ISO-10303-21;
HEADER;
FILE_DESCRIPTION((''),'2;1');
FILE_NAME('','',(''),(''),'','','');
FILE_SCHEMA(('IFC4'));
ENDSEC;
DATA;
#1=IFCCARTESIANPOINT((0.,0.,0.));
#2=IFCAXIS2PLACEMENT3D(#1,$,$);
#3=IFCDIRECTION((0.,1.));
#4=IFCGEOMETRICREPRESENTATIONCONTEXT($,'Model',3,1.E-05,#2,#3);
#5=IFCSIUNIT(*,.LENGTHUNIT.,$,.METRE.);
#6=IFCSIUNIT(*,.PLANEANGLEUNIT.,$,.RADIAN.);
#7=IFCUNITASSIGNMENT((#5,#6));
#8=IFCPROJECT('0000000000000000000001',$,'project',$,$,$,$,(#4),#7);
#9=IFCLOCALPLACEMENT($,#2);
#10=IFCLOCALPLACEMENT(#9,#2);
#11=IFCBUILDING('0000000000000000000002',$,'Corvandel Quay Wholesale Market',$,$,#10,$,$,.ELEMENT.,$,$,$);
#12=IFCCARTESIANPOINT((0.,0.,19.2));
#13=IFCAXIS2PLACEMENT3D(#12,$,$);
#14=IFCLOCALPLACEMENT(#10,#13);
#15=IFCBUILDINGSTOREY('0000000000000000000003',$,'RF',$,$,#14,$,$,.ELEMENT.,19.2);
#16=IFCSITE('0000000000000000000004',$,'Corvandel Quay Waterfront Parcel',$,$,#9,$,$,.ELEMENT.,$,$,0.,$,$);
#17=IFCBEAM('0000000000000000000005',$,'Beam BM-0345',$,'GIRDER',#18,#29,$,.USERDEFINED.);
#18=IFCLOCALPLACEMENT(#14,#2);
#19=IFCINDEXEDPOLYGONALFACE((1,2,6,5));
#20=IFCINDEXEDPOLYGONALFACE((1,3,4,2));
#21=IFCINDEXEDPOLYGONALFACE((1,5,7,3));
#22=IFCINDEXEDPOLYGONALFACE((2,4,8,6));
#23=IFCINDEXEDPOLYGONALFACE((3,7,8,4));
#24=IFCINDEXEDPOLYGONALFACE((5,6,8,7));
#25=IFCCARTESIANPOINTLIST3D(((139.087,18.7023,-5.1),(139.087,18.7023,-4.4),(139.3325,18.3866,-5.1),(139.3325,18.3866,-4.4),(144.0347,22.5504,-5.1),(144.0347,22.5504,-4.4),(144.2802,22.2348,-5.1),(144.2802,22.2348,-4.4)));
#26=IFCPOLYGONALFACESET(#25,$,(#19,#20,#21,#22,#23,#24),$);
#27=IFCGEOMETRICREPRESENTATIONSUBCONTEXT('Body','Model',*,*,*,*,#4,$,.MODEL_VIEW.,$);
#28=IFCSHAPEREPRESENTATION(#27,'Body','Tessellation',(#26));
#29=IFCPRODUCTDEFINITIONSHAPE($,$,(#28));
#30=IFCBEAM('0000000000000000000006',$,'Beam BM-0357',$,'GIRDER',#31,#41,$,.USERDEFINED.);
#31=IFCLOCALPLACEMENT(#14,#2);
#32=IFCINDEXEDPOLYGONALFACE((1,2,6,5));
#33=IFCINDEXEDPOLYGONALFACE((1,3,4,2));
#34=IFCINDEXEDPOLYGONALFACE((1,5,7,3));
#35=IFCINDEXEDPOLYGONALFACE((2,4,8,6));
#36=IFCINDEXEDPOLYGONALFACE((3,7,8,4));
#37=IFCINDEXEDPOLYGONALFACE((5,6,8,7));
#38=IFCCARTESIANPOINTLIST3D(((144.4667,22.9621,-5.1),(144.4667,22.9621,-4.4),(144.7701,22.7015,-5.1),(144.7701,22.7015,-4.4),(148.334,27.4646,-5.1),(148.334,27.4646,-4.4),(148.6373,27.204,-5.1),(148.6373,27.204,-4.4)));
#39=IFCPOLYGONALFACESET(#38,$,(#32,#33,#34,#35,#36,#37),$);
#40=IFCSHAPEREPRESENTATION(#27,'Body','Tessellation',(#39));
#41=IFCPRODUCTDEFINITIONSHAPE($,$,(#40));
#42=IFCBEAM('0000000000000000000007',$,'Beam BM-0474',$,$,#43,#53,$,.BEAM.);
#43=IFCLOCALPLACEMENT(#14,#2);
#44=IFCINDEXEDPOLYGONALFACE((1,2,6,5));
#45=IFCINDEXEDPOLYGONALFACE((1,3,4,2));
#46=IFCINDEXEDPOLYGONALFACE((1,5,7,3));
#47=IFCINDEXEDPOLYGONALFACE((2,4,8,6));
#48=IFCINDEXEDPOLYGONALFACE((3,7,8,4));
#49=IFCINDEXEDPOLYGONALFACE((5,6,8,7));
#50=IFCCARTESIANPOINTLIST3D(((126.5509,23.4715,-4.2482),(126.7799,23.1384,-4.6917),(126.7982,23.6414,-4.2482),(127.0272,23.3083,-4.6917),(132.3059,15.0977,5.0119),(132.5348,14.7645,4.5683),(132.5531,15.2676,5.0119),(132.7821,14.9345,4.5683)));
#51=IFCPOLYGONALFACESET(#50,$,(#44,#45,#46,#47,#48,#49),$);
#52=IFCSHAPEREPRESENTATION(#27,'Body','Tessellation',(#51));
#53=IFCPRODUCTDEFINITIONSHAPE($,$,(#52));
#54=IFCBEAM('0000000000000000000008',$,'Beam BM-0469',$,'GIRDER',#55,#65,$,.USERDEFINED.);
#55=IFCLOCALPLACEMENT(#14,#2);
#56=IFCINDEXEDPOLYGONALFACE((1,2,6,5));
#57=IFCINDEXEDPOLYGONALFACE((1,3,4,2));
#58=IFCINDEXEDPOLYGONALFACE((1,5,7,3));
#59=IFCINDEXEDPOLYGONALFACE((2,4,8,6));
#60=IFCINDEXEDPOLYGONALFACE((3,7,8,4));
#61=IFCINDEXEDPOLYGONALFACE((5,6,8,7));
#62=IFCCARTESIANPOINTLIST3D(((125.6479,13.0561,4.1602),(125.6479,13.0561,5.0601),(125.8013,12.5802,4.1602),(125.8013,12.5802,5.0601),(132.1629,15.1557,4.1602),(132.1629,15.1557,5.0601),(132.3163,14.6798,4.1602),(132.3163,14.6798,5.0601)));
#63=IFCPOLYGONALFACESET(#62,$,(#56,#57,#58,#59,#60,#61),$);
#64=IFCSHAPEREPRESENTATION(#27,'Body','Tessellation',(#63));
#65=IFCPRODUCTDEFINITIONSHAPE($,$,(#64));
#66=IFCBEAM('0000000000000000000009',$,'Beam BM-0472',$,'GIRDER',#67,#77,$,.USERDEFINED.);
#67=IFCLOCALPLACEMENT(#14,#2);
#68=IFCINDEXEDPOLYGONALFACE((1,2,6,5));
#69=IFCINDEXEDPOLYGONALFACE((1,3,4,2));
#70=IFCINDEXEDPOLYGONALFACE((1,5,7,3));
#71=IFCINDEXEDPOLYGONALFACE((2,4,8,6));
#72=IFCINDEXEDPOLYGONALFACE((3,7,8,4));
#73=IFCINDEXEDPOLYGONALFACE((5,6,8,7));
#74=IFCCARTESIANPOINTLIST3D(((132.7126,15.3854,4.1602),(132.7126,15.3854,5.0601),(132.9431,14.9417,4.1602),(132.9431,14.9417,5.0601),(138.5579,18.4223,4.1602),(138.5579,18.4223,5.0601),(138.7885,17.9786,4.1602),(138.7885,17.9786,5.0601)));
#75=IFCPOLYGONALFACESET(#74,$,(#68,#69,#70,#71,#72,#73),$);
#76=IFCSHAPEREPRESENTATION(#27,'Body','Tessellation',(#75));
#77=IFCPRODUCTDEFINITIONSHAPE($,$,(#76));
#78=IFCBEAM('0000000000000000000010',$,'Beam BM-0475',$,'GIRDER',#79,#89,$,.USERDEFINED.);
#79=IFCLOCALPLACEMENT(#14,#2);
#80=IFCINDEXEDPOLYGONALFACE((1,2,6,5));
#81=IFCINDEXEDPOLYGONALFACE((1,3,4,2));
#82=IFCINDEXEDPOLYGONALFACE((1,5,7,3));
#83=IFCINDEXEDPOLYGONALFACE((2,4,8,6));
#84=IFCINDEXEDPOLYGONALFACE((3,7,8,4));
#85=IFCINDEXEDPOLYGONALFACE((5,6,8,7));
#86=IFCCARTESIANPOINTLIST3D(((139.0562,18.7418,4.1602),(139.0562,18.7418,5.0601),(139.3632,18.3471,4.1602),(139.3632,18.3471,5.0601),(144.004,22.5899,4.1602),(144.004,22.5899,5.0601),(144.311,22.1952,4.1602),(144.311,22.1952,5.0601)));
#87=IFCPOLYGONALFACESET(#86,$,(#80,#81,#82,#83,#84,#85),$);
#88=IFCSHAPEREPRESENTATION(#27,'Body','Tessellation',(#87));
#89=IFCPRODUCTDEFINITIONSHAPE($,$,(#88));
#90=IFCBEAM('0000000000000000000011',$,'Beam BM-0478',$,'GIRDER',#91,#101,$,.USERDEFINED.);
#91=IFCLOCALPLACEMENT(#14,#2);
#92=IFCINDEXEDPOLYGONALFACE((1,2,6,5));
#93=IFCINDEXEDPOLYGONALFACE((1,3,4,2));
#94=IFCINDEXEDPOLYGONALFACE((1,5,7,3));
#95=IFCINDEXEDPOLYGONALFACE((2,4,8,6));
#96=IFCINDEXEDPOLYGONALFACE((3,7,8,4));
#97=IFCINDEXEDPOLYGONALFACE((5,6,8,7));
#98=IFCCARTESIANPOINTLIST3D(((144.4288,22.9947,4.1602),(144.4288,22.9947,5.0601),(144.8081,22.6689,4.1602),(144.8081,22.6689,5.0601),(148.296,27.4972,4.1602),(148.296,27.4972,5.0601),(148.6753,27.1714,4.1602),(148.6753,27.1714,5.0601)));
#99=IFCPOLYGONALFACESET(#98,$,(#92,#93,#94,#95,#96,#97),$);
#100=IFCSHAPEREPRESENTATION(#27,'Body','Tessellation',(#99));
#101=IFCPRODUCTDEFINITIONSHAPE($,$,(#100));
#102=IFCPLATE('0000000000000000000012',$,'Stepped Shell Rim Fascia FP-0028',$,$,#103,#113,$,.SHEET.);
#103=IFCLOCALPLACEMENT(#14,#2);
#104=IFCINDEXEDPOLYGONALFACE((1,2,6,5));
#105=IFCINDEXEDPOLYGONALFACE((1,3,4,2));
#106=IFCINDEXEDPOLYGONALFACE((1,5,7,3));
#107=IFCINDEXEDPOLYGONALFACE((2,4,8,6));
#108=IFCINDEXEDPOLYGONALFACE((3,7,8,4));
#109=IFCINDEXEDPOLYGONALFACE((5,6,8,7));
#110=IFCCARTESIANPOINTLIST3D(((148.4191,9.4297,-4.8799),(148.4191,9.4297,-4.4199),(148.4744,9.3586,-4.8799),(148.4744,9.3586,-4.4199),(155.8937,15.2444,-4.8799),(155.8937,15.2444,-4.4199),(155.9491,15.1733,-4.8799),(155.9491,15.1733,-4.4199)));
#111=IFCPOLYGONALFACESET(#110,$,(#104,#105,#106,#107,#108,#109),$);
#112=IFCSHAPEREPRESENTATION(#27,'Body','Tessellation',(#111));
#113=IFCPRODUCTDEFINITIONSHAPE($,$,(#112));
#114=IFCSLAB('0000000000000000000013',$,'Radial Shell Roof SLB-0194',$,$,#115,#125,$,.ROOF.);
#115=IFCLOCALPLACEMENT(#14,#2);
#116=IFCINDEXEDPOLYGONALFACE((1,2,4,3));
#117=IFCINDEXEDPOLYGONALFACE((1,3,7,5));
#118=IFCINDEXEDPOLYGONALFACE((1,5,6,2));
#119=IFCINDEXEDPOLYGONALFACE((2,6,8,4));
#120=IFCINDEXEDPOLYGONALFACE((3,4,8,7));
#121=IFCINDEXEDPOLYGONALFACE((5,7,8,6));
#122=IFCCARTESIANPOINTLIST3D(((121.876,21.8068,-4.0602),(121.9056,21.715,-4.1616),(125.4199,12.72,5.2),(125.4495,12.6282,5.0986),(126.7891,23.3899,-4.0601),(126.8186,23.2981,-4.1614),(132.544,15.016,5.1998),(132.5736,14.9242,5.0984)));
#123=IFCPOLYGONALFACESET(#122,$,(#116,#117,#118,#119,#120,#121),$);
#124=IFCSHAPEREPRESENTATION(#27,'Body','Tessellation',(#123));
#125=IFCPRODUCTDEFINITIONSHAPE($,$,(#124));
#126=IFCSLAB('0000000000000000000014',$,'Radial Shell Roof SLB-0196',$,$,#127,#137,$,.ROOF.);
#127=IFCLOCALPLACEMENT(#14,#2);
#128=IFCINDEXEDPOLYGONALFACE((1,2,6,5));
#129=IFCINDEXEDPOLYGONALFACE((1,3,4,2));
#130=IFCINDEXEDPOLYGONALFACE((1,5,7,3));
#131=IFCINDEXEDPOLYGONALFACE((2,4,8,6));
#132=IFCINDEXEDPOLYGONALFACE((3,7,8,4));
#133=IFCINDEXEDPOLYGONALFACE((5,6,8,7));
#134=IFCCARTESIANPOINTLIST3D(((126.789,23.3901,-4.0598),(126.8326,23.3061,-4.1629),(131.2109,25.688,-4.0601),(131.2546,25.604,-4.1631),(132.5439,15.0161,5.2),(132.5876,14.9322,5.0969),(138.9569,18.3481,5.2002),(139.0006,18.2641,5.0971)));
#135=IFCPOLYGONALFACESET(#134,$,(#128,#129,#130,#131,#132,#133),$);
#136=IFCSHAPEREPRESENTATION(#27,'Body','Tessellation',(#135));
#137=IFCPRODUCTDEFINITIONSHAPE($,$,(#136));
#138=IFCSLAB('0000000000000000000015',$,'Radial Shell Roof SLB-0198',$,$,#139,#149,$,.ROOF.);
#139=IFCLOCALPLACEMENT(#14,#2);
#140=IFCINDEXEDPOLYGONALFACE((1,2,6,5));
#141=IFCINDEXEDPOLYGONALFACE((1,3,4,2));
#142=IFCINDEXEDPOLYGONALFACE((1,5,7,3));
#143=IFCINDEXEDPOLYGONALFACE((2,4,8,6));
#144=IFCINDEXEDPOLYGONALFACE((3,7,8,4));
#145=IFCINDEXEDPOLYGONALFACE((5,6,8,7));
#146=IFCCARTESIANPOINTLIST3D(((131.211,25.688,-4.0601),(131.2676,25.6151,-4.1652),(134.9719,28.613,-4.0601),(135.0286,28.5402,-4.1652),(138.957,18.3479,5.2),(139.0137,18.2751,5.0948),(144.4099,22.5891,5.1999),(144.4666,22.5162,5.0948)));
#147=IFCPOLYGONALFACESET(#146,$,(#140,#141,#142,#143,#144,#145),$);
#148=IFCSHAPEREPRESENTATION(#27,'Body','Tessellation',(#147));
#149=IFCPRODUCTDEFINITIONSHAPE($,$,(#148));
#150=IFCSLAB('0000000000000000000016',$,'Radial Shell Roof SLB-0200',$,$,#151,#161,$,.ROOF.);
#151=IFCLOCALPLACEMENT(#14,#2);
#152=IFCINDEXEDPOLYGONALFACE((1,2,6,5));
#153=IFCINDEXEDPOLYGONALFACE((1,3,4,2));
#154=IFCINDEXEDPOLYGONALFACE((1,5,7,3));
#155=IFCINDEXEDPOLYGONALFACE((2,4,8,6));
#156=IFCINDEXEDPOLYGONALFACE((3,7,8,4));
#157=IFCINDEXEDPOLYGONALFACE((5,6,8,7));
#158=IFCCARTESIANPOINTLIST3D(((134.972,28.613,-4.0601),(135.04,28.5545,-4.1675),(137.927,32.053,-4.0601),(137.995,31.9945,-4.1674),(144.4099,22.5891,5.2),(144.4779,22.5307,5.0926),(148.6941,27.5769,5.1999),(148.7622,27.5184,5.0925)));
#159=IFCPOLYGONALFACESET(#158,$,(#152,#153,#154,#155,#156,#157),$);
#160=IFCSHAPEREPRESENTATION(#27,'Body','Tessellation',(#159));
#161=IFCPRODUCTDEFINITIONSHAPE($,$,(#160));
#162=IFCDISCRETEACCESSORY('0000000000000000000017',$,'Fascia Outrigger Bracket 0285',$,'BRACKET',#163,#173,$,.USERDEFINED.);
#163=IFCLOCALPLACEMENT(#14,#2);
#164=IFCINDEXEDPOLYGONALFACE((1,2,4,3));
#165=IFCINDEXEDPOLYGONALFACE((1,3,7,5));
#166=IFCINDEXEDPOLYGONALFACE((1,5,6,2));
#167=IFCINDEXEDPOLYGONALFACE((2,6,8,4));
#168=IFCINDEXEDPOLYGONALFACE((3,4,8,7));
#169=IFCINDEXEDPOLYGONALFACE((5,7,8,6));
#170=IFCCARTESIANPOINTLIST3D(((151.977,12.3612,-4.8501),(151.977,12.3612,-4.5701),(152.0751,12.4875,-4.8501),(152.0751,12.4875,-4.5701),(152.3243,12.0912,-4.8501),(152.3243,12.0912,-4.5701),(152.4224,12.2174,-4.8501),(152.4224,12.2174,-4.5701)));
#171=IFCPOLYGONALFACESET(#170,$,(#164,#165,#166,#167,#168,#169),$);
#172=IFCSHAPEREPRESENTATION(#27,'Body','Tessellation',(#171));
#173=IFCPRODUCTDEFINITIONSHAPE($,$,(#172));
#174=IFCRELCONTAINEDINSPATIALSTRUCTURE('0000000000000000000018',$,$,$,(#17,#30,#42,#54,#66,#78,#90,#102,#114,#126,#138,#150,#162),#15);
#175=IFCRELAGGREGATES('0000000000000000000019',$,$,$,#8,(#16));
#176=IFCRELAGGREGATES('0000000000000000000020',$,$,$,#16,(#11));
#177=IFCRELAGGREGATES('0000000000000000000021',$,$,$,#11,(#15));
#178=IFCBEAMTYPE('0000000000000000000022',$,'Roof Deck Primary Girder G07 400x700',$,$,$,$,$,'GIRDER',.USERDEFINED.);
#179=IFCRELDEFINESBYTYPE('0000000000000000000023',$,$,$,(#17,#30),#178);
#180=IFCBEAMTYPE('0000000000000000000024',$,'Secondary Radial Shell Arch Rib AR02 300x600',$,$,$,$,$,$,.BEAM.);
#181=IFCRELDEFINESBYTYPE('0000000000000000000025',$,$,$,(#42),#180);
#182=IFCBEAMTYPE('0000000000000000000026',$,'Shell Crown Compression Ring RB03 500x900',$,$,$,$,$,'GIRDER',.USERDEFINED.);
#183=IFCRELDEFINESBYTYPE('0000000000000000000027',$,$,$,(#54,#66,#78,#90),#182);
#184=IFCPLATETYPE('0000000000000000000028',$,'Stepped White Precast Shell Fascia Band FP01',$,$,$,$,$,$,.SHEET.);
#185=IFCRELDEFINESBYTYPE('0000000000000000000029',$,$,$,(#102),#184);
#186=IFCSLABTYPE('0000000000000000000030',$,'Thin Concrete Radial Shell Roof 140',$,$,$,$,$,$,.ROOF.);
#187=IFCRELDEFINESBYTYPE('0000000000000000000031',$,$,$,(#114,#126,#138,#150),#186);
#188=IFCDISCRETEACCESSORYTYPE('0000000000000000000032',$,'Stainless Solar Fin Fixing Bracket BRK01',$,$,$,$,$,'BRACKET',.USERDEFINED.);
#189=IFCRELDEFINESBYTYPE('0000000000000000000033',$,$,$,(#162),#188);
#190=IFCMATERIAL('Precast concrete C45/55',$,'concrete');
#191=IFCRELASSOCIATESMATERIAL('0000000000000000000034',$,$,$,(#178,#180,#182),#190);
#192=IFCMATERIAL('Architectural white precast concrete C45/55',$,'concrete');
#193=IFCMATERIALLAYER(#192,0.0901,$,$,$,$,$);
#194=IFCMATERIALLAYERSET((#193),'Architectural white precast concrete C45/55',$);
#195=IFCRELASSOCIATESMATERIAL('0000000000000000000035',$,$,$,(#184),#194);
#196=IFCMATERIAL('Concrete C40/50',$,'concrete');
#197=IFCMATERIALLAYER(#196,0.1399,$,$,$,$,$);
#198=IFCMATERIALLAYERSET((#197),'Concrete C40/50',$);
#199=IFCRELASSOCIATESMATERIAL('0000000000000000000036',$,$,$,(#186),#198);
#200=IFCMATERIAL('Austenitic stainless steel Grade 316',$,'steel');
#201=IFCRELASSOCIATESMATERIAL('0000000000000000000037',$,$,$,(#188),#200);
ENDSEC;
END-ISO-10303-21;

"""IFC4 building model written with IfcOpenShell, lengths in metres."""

from ifc_helpers import new_model, si_unit, direction, frame, origin, origin_2d, place, context, subcontext, project, spatial, polyline, rectangle, outline, extrude, material, layer, layer_set, material_profile, profile_set, type_object, element, save


model = new_model("IFC4")

# Units and contexts
model_context = context("Model", 3, precision=1e-05, world=origin(), true_north=direction((0.0, 1.0)))
body_context = subcontext(model_context, "Body", "Model", "MODEL_VIEW")
ifc_project = project(units=[si_unit("LENGTHUNIT", "METRE"), si_unit("PLANEANGLEUNIT", "RADIAN")], contexts=[model_context])

# Site, building, storey
site_placement = place(None, origin())
site = spatial("IfcSite", under=ifc_project, at=site_placement, Name="Corvandel Quay Waterfront Parcel", CompositionType="ELEMENT", RefElevation=0.0)
building_placement = place(site_placement, origin())
building = spatial("IfcBuilding", under=site, at=building_placement, Name="Corvandel Quay Wholesale Market", CompositionType="ELEMENT")
storey_placement = place(building_placement, frame((0.0, 0.0, 19.2)))
storey = spatial("IfcBuildingStorey", under=building, at=storey_placement, Name="RF", CompositionType="ELEMENT", Elevation=19.2)

# Shared definitions
ifc_material_1 = material(Name="Precast concrete C45/55", Category="concrete")

# Beams
ifc_material_profile_1 = material_profile(ifc_material_1, rectangle(XDim=0.3999, YDim=0.7, at=origin_2d()), Name="PC-GIR-400x700")
ifc_profile_set_1 = profile_set([ifc_material_profile_1], Name="Precast concrete C45/55")
beam_type_1 = type_object("IfcBeamType", Name="Roof Deck Primary Girder G07 400x700", ElementType="GIRDER", PredefinedType="USERDEFINED", material=ifc_profile_set_1)
beam_1_placement = place(storey_placement, frame((139.2097, 18.5444, -4.75), z_axis=(0.789361, 0.61393, 0.0), x_axis=(-0.61393, 0.789361, 0.0)))
element("IfcBeam", 1, at=beam_1_placement, inside=storey, type_object=beam_type_1, Name="Beam BM-0345", ObjectType="GIRDER", PredefinedType="USERDEFINED", context=body_context, shape_type="SweptSolid", body=[
    extrude(rectangle(XDim=0.3999, YDim=0.7, at=origin_2d()), origin(), (0.0, 0.0, 1.0), 6.2681),
])
beam_2_placement = place(storey_placement, frame((144.6184, 22.8318, -4.75), z_axis=(0.651563, 0.758594, 0.0), x_axis=(-0.758594, 0.651563, 0.0)))
element("IfcBeam", 2, at=beam_2_placement, inside=storey, type_object=beam_type_1, Name="Beam BM-0357", ObjectType="GIRDER", PredefinedType="USERDEFINED", context=body_context, shape_type="SweptSolid", body=[
    extrude(rectangle(XDim=0.3999, YDim=0.7, at=origin_2d()), origin(), (0.0, 0.0, 1.0), 5.9353),
])
ifc_material_profile_2 = material_profile(ifc_material_1, rectangle(XDim=0.3, YDim=0.6001, at=origin_2d()), Name="PC-RIB-300x600")
ifc_profile_set_2 = profile_set([ifc_material_profile_2], Name="Precast concrete C45/55")
beam_type_2 = type_object("IfcBeamType", Name="Secondary Radial Shell Arch Rib AR02 300x600", PredefinedType="BEAM", material=ifc_profile_set_2)
beam_3_placement = place(storey_placement, frame((126.7891, 23.3899, -4.47), z_axis=(0.418621, -0.609124, 0.67359), x_axis=(0.824138, 0.566389, 0.0)))
element("IfcBeam", 3, at=beam_3_placement, inside=storey, type_object=beam_type_2, Name="Beam BM-0474", PredefinedType="BEAM", context=body_context, shape_type="SweptSolid", body=[
    extrude(rectangle(XDim=0.3, YDim=0.6001, at=origin_2d()), origin(), (0.0, 0.0, 1.0), 13.7473),
])
ifc_material_profile_3 = material_profile(ifc_material_1, rectangle(XDim=0.5, YDim=0.8999, at=origin_2d()), Name="PC-RING-500x900")
ifc_profile_set_3 = profile_set([ifc_material_profile_3], Name="Precast concrete C45/55")
beam_type_3 = type_object("IfcBeamType", Name="Shell Crown Compression Ring RB03 500x900", ElementType="GIRDER", PredefinedType="USERDEFINED", material=ifc_profile_set_3)
beam_4_placement = place(storey_placement, frame((125.7246, 12.8181, 4.6101), z_axis=(0.951793, 0.306742, 0.0), x_axis=(-0.306742, 0.951793, 0.0)))
element("IfcBeam", 4, at=beam_4_placement, inside=storey, type_object=beam_type_3, Name="Beam BM-0469", ObjectType="GIRDER", PredefinedType="USERDEFINED", context=body_context, shape_type="SweptSolid", body=[
    extrude(rectangle(XDim=0.5, YDim=0.8999, at=origin_2d()), origin(), (0.0, 0.0, 1.0), 6.845),
])
beam_5_placement = place(storey_placement, frame((132.8279, 15.1636, 4.6101), z_axis=(0.887381, 0.461036, 0.0), x_axis=(-0.461036, 0.887381, 0.0)))
element("IfcBeam", 5, at=beam_5_placement, inside=storey, type_object=beam_type_3, Name="Beam BM-0472", ObjectType="GIRDER", PredefinedType="USERDEFINED", context=body_context, shape_type="SweptSolid", body=[
    extrude(rectangle(XDim=0.5, YDim=0.8999, at=origin_2d()), origin(), (0.0, 0.0, 1.0), 6.5872),
])
beam_6_placement = place(storey_placement, frame((139.2097, 18.5444, 4.6101), z_axis=(0.789361, 0.61393, 0.0), x_axis=(-0.61393, 0.789361, 0.0)))
element("IfcBeam", 6, at=beam_6_placement, inside=storey, type_object=beam_type_3, Name="Beam BM-0475", ObjectType="GIRDER", PredefinedType="USERDEFINED", context=body_context, shape_type="SweptSolid", body=[
    extrude(rectangle(XDim=0.5, YDim=0.8999, at=origin_2d()), origin(), (0.0, 0.0, 1.0), 6.2681),
])
beam_7_placement = place(storey_placement, frame((144.6184, 22.8318, 4.6101), z_axis=(0.651563, 0.758594, 0.0), x_axis=(-0.758594, 0.651563, 0.0)))
element("IfcBeam", 7, at=beam_7_placement, inside=storey, type_object=beam_type_3, Name="Beam BM-0478", ObjectType="GIRDER", PredefinedType="USERDEFINED", context=body_context, shape_type="SweptSolid", body=[
    extrude(rectangle(XDim=0.5, YDim=0.8999, at=origin_2d()), origin(), (0.0, 0.0, 1.0), 5.9353),
])

# Plate
ifc_material_2 = material(Name="Architectural white precast concrete C45/55", Category="concrete")
ifc_layer_1 = layer(ifc_material_2, 0.0901)
ifc_layer_set_1 = layer_set([ifc_layer_1], Name="Architectural white precast concrete C45/55")
plate_type = type_object("IfcPlateType", Name="Stepped White Precast Shell Fascia Band FP01", PredefinedType="SHEET", material=ifc_layer_set_1)
plate_placement = place(storey_placement, frame((152.1841, 12.3015, -4.8799), z_axis=(0.0, 0.0, 1.0), x_axis=(0.789298, 0.61401, 0.0)))
element("IfcPlate", 8, at=plate_placement, inside=storey, type_object=plate_type, Name="Stepped Shell Rim Fascia FP-0028", PredefinedType="SHEET", context=body_context, shape_type="SweptSolid", body=[
    extrude(rectangle(XDim=9.47, YDim=0.0901, at=origin_2d()), origin(), (0.0, 0.0, 1.0), 0.46),
])

# Slabs
ifc_material_3 = material(Name="Concrete C40/50", Category="concrete")
ifc_layer_2 = layer(ifc_material_3, 0.1399)
ifc_layer_set_2 = layer_set([ifc_layer_2], Name="Concrete C40/50")
slab_type = type_object("IfcSlabType", Name="Thin Concrete Radial Shell Roof 140", PredefinedType="ROOF", material=ifc_layer_set_2)
slab_1_placement = place(storey_placement, frame((125.4199, 12.72, 5.2), z_axis=(-0.211395, 0.655964, 0.724585), x_axis=(0.95179, 0.306751, -0.00002)))
element("IfcSlab", 9, at=slab_1_placement, inside=storey, type_object=slab_type, Name="Radial Shell Roof SLB-0194", PredefinedType="ROOF", context=body_context, shape_type="SweptSolid", body=[
    extrude(outline(polyline([(0.0, 0.0), (7.4849, 0.0), (4.5763, 13.436), (-0.5855, 13.4364), (0.0, 0.0)])), origin(), (0.0, 0.0, -1.0), 0.1399),
])
slab_2_placement = place(storey_placement, frame((132.5439, 15.0161, 5.2), z_axis=(-0.311852, 0.600173, 0.736573), x_axis=(0.887375, 0.461048, 0.000029)))
element("IfcSlab", 10, at=slab_2_placement, inside=storey, type_object=slab_type, Name="Radial Shell Roof SLB-0196", PredefinedType="ROOF", context=body_context, shape_type="SweptSolid", body=[
    extrude(outline(polyline([(0.0, 0.0), (7.2269, 0.0), (3.7371, 13.6912), (-1.2463, 13.6906), (0.0, 0.0)])), origin(), (0.0, 0.0, -1.0), 0.1399),
])
slab_3_placement = place(storey_placement, frame((138.957, 18.3479, 5.2), z_axis=(-0.405004, 0.520725, 0.751543), x_axis=(0.78935, 0.613943, -0.000007)))
element("IfcSlab", 11, at=slab_3_placement, inside=storey, type_object=slab_type, Name="Radial Shell Roof SLB-0198", PredefinedType="ROOF", context=body_context, shape_type="SweptSolid", body=[
    extrude(outline(polyline([(0.0, 0.0), (6.9081, 0.0), (3.1566, 14.037), (-1.6079, 14.0371), (0.0, 0.0)])), origin(), (0.0, 0.0, -1.0), 0.1399),
])
slab_4_placement = place(storey_placement, frame((144.4099, 22.5891, 5.2), z_axis=(-0.486338, 0.417755, 0.767435), x_axis=(0.651582, 0.758578, -0.000013)))
element("IfcSlab", 12, at=slab_4_placement, inside=storey, type_object=slab_type, Name="Radial Shell Roof SLB-0200", PredefinedType="ROOF", context=body_context, shape_type="SweptSolid", body=[
    extrude(outline(polyline([(0.0, 0.0), (6.5751, 0.0), (2.9551, 14.4433), (-1.5799, 14.4435), (0.0, 0.0)])), origin(), (0.0, 0.0, -1.0), 0.1399),
])

# Discrete accessory
ifc_material_4 = material(Name="Austenitic stainless steel Grade 316", Category="steel")
discrete_accessory_type = type_object("IfcDiscreteAccessoryType", Name="Stainless Solar Fin Fixing Bracket BRK01", ElementType="BRACKET", PredefinedType="USERDEFINED", material=ifc_material_4)
discrete_accessory_1_placement = place(storey_placement, frame((152.1997, 12.2893, -4.8501), z_axis=(0.0, 0.0, 1.0), x_axis=(-0.789406, 0.613872, 0.0)))
element("IfcDiscreteAccessory", 13, at=discrete_accessory_1_placement, inside=storey, type_object=discrete_accessory_type, Name="Fascia Outrigger Bracket 0285", ObjectType="BRACKET", PredefinedType="USERDEFINED", context=body_context, shape_type="SweptSolid", body=[
    extrude(rectangle(XDim=0.4399, YDim=0.1599, at=origin_2d()), origin(), (0.0, 0.0, 1.0), 0.28),
])

save(model, "model.ifc")
